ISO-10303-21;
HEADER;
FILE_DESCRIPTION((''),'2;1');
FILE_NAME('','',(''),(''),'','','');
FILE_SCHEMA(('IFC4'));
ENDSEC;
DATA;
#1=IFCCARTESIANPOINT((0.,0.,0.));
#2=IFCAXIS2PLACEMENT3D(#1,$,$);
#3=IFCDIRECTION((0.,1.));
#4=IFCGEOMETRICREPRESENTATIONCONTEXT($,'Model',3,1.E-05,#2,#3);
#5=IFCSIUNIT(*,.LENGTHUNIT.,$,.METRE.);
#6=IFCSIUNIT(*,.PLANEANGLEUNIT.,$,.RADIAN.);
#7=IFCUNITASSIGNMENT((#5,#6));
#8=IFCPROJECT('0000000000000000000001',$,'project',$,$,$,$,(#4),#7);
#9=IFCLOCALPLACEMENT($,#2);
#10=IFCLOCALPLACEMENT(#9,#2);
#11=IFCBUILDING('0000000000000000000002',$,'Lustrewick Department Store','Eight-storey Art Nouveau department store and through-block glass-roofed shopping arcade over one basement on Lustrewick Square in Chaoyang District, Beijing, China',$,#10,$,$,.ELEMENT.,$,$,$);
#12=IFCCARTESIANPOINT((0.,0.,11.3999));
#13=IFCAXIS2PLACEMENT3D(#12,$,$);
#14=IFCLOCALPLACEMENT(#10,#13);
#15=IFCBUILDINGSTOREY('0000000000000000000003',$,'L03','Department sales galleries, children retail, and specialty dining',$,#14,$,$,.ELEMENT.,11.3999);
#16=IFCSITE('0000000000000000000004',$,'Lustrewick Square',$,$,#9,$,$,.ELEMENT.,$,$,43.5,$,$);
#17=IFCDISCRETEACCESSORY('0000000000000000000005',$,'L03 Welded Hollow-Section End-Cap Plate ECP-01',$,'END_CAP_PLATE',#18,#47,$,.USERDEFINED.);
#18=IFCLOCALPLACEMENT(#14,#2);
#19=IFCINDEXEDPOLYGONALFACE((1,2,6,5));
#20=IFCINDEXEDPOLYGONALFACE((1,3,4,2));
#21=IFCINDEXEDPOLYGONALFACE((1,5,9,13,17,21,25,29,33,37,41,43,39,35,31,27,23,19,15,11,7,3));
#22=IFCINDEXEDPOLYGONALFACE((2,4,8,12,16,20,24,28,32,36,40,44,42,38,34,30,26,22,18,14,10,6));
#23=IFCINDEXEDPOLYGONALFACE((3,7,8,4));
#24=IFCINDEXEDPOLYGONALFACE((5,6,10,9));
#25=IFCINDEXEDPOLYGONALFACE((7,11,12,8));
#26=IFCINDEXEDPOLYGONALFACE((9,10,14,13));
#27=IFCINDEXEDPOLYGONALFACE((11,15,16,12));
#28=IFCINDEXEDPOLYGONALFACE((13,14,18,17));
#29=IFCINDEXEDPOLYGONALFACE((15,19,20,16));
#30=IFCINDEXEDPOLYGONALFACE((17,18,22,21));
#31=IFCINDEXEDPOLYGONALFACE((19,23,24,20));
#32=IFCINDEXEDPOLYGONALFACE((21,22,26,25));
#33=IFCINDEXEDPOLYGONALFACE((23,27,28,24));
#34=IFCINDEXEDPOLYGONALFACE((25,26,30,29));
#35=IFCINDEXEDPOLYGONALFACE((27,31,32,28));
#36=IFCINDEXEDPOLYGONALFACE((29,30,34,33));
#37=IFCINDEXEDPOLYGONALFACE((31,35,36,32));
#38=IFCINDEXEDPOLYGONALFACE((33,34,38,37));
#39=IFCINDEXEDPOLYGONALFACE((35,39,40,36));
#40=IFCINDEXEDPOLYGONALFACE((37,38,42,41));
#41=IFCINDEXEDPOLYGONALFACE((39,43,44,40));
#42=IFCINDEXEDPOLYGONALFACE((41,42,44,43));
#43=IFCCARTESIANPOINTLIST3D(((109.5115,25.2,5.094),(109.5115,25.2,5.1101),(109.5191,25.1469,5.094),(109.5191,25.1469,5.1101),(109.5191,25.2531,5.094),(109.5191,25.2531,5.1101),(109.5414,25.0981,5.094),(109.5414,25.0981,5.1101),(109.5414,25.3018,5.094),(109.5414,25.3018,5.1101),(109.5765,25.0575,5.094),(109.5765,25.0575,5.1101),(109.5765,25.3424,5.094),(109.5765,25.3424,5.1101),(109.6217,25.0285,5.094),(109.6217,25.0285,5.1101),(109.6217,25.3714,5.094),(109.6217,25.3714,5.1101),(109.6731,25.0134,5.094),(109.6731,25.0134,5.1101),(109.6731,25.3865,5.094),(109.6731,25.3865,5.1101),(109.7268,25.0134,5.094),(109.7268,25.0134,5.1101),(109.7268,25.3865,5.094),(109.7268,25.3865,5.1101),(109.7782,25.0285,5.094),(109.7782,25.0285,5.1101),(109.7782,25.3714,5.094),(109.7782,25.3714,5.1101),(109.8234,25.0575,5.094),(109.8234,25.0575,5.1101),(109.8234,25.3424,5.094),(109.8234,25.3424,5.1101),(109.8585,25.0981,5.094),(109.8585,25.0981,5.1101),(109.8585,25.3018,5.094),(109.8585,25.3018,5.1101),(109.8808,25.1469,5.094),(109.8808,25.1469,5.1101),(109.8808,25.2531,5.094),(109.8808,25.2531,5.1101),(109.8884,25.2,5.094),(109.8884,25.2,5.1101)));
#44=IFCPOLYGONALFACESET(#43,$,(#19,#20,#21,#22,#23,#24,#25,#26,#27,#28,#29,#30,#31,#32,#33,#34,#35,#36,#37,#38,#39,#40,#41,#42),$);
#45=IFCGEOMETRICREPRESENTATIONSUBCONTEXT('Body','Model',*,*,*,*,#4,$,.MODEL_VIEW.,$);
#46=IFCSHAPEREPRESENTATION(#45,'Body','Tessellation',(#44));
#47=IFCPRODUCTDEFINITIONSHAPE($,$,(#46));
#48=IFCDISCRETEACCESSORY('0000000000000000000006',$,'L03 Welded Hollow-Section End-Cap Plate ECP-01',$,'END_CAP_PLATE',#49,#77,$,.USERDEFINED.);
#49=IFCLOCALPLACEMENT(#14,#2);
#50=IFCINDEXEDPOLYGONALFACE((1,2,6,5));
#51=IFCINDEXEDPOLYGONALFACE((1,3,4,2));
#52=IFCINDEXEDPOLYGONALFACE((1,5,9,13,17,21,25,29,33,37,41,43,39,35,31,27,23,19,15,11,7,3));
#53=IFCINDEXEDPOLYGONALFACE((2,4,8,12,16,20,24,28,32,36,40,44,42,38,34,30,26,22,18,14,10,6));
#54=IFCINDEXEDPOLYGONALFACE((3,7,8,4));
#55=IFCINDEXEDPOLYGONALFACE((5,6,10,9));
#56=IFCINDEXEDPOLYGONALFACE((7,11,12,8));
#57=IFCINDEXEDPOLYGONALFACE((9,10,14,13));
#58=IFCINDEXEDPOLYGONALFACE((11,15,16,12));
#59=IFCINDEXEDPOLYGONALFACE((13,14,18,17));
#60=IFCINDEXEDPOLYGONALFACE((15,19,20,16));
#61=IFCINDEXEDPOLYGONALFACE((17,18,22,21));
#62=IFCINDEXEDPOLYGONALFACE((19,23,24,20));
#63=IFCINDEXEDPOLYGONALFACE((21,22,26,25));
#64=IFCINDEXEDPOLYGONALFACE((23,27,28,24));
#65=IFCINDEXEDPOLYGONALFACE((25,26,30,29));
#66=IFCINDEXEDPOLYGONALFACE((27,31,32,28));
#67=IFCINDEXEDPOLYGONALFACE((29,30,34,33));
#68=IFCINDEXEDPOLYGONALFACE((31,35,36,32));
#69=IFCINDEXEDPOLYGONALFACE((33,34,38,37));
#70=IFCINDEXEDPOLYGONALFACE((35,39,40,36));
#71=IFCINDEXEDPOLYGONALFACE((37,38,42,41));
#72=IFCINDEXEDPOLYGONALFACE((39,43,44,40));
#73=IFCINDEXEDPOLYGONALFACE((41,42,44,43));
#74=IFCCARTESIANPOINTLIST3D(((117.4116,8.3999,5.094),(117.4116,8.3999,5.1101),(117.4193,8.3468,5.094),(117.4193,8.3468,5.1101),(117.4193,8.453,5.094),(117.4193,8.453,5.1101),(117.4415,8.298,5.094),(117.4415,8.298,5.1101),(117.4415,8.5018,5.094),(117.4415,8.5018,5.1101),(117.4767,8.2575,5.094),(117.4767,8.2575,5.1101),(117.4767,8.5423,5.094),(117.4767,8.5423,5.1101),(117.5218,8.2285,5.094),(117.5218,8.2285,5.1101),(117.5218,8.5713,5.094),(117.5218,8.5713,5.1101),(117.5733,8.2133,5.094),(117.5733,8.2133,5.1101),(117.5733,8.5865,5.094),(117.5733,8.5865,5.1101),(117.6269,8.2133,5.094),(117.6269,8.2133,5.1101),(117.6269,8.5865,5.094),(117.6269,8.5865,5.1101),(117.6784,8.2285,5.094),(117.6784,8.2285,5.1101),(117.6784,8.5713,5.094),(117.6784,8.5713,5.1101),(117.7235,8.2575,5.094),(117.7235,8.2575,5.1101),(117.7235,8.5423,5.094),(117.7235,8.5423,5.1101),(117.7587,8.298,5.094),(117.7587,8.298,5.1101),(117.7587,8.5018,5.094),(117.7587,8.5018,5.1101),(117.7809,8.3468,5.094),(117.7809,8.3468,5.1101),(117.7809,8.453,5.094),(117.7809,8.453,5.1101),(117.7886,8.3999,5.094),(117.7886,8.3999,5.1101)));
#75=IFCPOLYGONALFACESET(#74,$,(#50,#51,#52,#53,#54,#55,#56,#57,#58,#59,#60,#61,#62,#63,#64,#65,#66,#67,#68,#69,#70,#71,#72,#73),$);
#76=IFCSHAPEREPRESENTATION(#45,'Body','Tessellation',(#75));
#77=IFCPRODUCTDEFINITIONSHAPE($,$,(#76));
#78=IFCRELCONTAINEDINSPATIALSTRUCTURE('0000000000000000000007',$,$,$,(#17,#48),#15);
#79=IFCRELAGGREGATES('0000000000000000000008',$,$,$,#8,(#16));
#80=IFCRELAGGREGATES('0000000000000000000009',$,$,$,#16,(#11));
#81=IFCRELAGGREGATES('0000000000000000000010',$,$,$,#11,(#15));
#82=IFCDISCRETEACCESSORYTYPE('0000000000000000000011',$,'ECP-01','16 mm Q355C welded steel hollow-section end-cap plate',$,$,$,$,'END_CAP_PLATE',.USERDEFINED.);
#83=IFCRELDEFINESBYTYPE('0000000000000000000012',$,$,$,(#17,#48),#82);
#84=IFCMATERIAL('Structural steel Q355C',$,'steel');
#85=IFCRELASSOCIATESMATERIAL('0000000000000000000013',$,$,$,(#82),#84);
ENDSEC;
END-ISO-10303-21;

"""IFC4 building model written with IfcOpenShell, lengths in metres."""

from ifc_helpers import new_model, si_unit, direction, frame, origin, origin_2d, place, context, subcontext, project, spatial, circle, extrude, material, type_object, element, save


model = new_model("IFC4")

# Units and contexts
model_context = context("Model", 3, precision=1e-05, world=origin(), true_north=direction((0.0, 1.0)))
body_context = subcontext(model_context, "Body", "Model", "MODEL_VIEW")
ifc_project = project(units=[si_unit("LENGTHUNIT", "METRE"), si_unit("PLANEANGLEUNIT", "RADIAN")], contexts=[model_context])

# Site, building, storey
site_placement = place(None, origin())
site = spatial("IfcSite", under=ifc_project, at=site_placement, Name="Lustrewick Square", CompositionType="ELEMENT", RefElevation=43.5)
building_placement = place(site_placement, origin())
building = spatial("IfcBuilding", under=site, at=building_placement, Name="Lustrewick Department Store", Description="Eight-storey Art Nouveau department store and through-block glass-roofed shopping arcade over one basement on Lustrewick Square in Chaoyang District, Beijing, China", CompositionType="ELEMENT")
storey_placement = place(building_placement, frame((0.0, 0.0, 11.3999)))
storey = spatial("IfcBuildingStorey", under=building, at=storey_placement, Name="L03", Description="Department sales galleries, children retail, and specialty dining", CompositionType="ELEMENT", Elevation=11.3999)

# Shared definitions
ifc_material_1 = material(Name="Structural steel Q355C", Category="steel")

# Discrete accessories
discrete_accessory_type = type_object("IfcDiscreteAccessoryType", Name="ECP-01", Description="16 mm Q355C welded steel hollow-section end-cap plate", ElementType="END_CAP_PLATE", PredefinedType="USERDEFINED", material=ifc_material_1)
for number, where, z_axis, x_axis, name in (
    (1, (109.7, 25.2, 5.094), (0.0, 0.0, 1.0), (1.0, 0.0, 0.0), "L03 Welded Hollow-Section End-Cap Plate ECP-01"),
    (2, (117.6001, 8.3999, 5.094), (0.0, 0.0, 1.0), (1.0, 0.0, 0.0), "L03 Welded Hollow-Section End-Cap Plate ECP-01"),
):
    element("IfcDiscreteAccessory", number, at=place(storey_placement, frame(where, z_axis=z_axis, x_axis=x_axis)), inside=storey, type_object=discrete_accessory_type, Name=name, ObjectType="END_CAP_PLATE", PredefinedType="USERDEFINED", context=body_context, shape_type="SweptSolid", body=[
        extrude(circle(Radius=0.1885, at=origin_2d()), origin(), (0.0, 0.0, 1.0), 0.0161),
    ])

save(model, "model.ifc")
